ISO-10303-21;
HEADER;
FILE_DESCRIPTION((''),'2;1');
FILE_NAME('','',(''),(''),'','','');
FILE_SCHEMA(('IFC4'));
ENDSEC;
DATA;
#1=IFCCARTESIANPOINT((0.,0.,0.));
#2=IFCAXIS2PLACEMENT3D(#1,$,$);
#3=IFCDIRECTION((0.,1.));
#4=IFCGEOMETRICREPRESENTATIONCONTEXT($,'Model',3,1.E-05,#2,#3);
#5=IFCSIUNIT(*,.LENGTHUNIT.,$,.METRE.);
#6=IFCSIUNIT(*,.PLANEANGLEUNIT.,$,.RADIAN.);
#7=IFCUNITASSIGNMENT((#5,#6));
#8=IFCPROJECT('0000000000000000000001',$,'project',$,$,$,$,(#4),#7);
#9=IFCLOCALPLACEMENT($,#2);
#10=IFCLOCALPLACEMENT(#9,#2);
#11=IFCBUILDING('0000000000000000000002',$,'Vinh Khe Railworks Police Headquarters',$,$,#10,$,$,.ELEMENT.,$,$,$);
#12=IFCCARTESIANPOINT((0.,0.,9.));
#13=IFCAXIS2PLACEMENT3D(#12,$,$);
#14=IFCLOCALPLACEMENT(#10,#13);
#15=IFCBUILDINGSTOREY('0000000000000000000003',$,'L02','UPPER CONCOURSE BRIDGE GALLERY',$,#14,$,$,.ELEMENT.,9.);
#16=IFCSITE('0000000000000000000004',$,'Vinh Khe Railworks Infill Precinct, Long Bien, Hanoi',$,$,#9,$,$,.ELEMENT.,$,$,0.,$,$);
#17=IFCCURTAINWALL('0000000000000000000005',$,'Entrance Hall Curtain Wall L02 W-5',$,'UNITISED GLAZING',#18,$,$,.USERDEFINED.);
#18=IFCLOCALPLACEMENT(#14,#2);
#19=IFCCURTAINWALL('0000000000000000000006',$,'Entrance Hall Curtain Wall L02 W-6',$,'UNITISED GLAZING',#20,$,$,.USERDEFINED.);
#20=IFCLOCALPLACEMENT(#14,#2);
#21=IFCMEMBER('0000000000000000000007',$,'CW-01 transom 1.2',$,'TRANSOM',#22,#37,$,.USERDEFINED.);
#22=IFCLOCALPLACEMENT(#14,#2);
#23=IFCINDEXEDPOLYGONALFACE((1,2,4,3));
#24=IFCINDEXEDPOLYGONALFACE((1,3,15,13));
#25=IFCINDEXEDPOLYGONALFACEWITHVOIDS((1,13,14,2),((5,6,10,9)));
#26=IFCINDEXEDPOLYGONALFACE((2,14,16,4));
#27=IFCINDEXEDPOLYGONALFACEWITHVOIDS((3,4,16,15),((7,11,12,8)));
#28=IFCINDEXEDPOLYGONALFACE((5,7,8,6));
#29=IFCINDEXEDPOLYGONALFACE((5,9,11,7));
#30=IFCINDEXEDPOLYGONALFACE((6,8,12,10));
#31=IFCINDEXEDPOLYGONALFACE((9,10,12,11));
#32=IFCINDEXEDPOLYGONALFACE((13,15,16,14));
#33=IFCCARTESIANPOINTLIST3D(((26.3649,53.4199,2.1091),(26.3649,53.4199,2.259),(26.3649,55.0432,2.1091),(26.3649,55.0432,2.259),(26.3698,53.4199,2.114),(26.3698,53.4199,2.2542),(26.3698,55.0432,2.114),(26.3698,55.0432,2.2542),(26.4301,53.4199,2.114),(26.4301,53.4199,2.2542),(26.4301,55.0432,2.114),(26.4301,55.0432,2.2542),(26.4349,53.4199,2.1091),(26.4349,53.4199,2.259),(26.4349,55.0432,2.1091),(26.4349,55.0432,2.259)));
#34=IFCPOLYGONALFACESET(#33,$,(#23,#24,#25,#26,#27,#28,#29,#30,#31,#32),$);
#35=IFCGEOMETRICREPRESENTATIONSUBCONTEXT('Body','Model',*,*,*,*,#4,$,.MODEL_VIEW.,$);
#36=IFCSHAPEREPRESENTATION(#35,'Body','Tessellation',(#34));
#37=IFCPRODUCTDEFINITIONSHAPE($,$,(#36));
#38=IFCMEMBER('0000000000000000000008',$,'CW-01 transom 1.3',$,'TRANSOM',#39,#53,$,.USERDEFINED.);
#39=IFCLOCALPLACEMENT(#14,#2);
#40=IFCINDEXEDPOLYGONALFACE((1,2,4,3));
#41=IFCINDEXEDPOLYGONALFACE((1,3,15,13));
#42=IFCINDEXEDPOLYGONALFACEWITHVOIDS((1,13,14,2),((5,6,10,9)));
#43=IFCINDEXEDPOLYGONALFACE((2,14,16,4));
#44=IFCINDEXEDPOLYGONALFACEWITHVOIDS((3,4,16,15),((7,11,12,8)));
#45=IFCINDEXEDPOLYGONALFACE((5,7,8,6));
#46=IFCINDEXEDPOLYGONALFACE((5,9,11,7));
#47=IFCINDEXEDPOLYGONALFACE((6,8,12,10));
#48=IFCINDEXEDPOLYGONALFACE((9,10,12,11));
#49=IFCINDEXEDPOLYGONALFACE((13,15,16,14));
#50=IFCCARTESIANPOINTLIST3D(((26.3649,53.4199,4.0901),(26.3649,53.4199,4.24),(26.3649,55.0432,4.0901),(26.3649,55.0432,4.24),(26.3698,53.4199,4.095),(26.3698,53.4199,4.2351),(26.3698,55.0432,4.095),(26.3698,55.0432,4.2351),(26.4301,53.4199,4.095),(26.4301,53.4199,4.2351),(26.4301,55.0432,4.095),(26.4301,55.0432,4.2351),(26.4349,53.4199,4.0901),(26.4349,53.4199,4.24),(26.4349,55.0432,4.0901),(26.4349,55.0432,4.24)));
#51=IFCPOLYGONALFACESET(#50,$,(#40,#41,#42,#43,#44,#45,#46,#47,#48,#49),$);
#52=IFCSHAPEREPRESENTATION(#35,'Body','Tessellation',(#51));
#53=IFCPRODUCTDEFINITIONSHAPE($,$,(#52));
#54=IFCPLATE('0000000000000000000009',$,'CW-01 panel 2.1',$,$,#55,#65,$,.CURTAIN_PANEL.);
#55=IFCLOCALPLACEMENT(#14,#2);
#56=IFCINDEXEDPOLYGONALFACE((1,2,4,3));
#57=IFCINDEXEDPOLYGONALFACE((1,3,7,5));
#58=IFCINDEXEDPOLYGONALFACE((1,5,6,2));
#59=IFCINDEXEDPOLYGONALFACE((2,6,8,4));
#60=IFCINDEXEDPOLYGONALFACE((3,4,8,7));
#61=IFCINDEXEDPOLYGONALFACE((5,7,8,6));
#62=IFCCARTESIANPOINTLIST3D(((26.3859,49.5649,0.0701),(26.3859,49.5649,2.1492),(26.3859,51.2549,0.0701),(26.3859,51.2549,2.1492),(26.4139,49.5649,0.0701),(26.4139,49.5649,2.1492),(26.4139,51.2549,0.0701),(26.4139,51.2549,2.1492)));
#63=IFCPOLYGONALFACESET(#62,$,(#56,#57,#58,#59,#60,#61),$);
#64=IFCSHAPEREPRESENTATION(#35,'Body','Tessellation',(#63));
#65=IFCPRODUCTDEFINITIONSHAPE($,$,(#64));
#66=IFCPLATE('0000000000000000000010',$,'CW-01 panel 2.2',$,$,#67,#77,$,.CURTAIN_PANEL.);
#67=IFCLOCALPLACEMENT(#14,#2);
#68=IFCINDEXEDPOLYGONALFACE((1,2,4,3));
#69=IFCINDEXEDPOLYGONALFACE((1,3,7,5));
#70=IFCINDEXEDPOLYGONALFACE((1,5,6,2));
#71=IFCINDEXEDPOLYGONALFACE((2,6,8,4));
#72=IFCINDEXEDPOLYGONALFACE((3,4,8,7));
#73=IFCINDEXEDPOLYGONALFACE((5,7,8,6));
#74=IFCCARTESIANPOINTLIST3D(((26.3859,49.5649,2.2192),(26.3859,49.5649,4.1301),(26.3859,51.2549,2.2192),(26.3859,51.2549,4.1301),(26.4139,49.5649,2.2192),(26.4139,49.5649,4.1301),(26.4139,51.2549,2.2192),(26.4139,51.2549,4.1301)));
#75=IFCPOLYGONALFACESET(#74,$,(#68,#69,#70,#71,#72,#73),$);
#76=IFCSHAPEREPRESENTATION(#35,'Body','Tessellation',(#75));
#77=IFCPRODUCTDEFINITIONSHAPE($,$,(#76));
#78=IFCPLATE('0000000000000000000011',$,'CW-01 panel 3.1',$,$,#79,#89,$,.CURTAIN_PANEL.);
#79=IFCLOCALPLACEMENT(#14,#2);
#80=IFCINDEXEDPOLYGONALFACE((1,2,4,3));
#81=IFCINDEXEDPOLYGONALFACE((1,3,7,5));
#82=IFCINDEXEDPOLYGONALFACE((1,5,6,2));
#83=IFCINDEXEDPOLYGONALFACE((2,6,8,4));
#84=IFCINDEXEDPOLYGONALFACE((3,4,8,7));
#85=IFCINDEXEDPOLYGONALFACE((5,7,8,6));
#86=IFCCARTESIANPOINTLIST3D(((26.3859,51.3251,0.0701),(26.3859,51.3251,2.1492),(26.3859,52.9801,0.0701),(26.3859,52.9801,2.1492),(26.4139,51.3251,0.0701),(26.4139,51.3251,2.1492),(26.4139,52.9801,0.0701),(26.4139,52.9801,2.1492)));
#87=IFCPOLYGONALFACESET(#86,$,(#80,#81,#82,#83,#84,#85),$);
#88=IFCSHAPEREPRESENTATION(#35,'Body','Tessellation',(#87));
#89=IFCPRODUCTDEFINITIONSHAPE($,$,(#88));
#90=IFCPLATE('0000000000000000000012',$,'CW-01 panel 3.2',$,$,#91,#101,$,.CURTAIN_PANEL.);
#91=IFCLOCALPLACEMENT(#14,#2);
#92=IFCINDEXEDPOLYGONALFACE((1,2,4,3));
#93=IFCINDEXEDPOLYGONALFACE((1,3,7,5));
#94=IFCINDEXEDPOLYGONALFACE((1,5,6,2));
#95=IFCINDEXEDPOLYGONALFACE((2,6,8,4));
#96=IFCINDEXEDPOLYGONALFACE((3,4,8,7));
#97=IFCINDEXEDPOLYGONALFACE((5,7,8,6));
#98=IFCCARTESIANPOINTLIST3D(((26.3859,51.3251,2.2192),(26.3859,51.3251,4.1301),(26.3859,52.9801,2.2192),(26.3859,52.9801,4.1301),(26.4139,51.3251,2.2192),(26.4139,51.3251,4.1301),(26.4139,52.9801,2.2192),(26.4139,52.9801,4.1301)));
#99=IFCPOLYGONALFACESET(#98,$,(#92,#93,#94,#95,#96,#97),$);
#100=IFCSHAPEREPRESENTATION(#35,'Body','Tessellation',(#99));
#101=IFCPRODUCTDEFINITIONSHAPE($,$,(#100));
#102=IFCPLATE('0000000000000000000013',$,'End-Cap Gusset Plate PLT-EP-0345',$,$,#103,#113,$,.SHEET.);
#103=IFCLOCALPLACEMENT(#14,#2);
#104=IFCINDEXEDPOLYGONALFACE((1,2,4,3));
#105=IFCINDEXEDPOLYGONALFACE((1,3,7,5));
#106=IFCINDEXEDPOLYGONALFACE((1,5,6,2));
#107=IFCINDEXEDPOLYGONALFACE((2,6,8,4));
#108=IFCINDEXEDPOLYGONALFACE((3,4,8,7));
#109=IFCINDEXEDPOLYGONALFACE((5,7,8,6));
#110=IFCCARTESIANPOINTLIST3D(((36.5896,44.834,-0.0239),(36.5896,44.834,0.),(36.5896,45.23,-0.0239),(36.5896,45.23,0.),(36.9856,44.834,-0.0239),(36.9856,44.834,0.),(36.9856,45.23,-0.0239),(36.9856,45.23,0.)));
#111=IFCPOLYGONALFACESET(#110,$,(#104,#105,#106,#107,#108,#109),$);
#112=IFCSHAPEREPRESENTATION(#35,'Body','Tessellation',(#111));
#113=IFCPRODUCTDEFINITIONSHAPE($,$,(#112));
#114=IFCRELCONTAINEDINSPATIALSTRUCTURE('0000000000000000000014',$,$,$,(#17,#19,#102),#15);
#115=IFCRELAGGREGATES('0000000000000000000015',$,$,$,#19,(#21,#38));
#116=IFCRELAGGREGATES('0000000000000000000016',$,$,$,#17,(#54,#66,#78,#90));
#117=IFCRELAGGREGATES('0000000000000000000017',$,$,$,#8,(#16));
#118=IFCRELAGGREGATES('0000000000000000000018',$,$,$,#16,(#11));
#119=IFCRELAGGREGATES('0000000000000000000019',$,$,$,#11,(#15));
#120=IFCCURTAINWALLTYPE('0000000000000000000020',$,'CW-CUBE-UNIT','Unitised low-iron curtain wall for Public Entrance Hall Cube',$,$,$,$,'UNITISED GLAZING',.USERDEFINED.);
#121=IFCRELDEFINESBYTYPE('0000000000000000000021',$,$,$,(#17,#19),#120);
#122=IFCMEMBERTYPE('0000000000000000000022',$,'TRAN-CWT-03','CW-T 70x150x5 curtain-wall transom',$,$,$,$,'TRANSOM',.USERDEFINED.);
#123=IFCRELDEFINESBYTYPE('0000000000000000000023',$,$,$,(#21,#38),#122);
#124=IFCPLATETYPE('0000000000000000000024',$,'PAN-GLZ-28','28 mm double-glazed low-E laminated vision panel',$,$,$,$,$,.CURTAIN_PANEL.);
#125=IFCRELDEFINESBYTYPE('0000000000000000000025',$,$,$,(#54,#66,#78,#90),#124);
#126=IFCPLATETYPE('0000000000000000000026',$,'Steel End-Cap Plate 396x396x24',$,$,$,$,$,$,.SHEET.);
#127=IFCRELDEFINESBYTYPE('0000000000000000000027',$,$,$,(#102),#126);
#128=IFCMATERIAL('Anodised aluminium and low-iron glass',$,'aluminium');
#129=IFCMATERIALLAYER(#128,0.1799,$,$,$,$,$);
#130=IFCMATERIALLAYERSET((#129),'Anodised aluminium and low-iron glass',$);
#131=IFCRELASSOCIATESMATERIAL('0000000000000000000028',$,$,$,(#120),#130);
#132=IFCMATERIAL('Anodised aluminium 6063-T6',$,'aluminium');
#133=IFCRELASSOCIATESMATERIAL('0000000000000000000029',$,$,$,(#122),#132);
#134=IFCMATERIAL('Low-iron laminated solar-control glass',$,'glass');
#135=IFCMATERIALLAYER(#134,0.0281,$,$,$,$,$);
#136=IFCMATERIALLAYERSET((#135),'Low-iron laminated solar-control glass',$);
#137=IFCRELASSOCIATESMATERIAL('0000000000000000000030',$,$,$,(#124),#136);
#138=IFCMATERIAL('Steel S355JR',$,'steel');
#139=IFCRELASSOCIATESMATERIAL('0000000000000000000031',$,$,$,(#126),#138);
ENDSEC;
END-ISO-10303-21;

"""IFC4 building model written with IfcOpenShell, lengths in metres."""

from ifc_helpers import new_model, si_unit, direction, frame, origin, origin_2d, place, context, subcontext, project, spatial, rectangle, hollow_rectangle, extrude, material, layer, layer_set, material_profile, profile_set, type_object, element, aggregate, save


model = new_model("IFC4")

# Units and contexts
model_context = context("Model", 3, precision=1e-05, world=origin(), true_north=direction((0.0, 1.0)))
body_context = subcontext(model_context, "Body", "Model", "MODEL_VIEW")
ifc_project = project(units=[si_unit("LENGTHUNIT", "METRE"), si_unit("PLANEANGLEUNIT", "RADIAN")], contexts=[model_context])

# Site, building, storey
site_placement = place(None, origin())
site = spatial("IfcSite", under=ifc_project, at=site_placement, Name="Vinh Khe Railworks Infill Precinct, Long Bien, Hanoi", CompositionType="ELEMENT", RefElevation=0.0)
building_placement = place(site_placement, origin())
building = spatial("IfcBuilding", under=site, at=building_placement, Name="Vinh Khe Railworks Police Headquarters", CompositionType="ELEMENT")
storey_placement = place(building_placement, frame((0.0, 0.0, 9.0)))
storey = spatial("IfcBuildingStorey", under=building, at=storey_placement, Name="L02", Description="UPPER CONCOURSE BRIDGE GALLERY", CompositionType="ELEMENT", Elevation=9.0)

# Shared definitions
ifc_material_1 = material(Name="Steel S355JR", Category="steel")

# Shared definitions
ifc_material_2 = material(Name="Anodised aluminium 6063-T6", Category="aluminium")

# Curtain wall
ifc_material_3 = material(Name="Anodised aluminium and low-iron glass", Category="aluminium")
ifc_layer_1 = layer(ifc_material_3, 0.1799)
ifc_layer_set_1 = layer_set([ifc_layer_1], Name="Anodised aluminium and low-iron glass")
curtain_wall_type_1 = type_object("IfcCurtainWallType", Name="CW-CUBE-UNIT", Description="Unitised low-iron curtain wall for Public Entrance Hall Cube", ElementType="UNITISED GLAZING", PredefinedType="USERDEFINED", material=ifc_layer_set_1)
curtain_wall_1_placement = place(storey_placement, origin())
curtain_wall_1 = element("IfcCurtainWall", 1, at=curtain_wall_1_placement, inside=storey, type_object=curtain_wall_type_1, Name="Entrance Hall Curtain Wall L02 W-5", ObjectType="UNITISED GLAZING", PredefinedType="USERDEFINED")

# Curtain wall
curtain_wall_2_placement = place(storey_placement, origin())
curtain_wall_2 = element("IfcCurtainWall", 2, at=curtain_wall_2_placement, inside=storey, type_object=curtain_wall_type_1, Name="Entrance Hall Curtain Wall L02 W-6", ObjectType="UNITISED GLAZING", PredefinedType="USERDEFINED")

# Members
ifc_material_profile_1 = material_profile(ifc_material_2, hollow_rectangle(XDim=0.0701, YDim=0.1499, WallThickness=0.0049, at=origin_2d()), Name="CW-T 70x150x5")
ifc_profile_set_1 = profile_set([ifc_material_profile_1], Name="Anodised aluminium 6063-T6")
member_type_1 = type_object("IfcMemberType", Name="TRAN-CWT-03", Description="CW-T 70x150x5 curtain-wall transom", ElementType="TRANSOM", PredefinedType="USERDEFINED", material=ifc_profile_set_1)
member_1_placement = place(storey_placement, frame((26.3999, 53.4199, 2.1841), z_axis=(0.0, 1.0, 0.0), x_axis=(-1.0, 0.0, 0.0)))
member_1 = element("IfcMember", 3, at=member_1_placement, type_object=member_type_1, Name="CW-01 transom 1.2", ObjectType="TRANSOM", PredefinedType="USERDEFINED", context=body_context, shape_type="SweptSolid", body=[
    extrude(hollow_rectangle(XDim=0.0701, YDim=0.1499, WallThickness=0.0049, at=origin_2d()), origin(), (0.0, 0.0, 1.0), 1.6233),
])
member_2_placement = place(storey_placement, frame((26.3999, 53.4199, 4.165), z_axis=(0.0, 1.0, 0.0), x_axis=(-1.0, 0.0, 0.0)))
member_2 = element("IfcMember", 4, at=member_2_placement, type_object=member_type_1, Name="CW-01 transom 1.3", ObjectType="TRANSOM", PredefinedType="USERDEFINED", context=body_context, shape_type="SweptSolid", body=[
    extrude(hollow_rectangle(XDim=0.0701, YDim=0.1499, WallThickness=0.0049, at=origin_2d()), origin(), (0.0, 0.0, 1.0), 1.6233),
])
aggregate(curtain_wall_2, [member_1, member_2])

# Plates
ifc_material_4 = material(Name="Low-iron laminated solar-control glass", Category="glass")
ifc_layer_2 = layer(ifc_material_4, 0.0281)
ifc_layer_set_2 = layer_set([ifc_layer_2], Name="Low-iron laminated solar-control glass")
plate_type_1 = type_object("IfcPlateType", Name="PAN-GLZ-28", Description="28 mm double-glazed low-E laminated vision panel", PredefinedType="CURTAIN_PANEL", material=ifc_layer_set_2)
plate_1_placement = place(storey_placement, frame((26.3999, 50.4099, 0.0701), z_axis=(0.0, 0.0, 1.0), x_axis=(0.0, 1.0, 0.0)))
plate_1 = element("IfcPlate", 5, at=plate_1_placement, type_object=plate_type_1, Name="CW-01 panel 2.1", PredefinedType="CURTAIN_PANEL", context=body_context, shape_type="SweptSolid", body=[
    extrude(rectangle(XDim=1.6899, YDim=0.0281, at=origin_2d()), origin(), (0.0, 0.0, 1.0), 2.0791),
])
plate_2_placement = place(storey_placement, frame((26.3999, 50.4099, 2.2192), z_axis=(0.0, 0.0, 1.0), x_axis=(0.0, 1.0, 0.0)))
plate_2 = element("IfcPlate", 6, at=plate_2_placement, type_object=plate_type_1, Name="CW-01 panel 2.2", PredefinedType="CURTAIN_PANEL", context=body_context, shape_type="SweptSolid", body=[
    extrude(rectangle(XDim=1.6899, YDim=0.0281, at=origin_2d()), origin(), (0.0, 0.0, 1.0), 1.9109),
])
plate_3_placement = place(storey_placement, frame((26.3999, 52.1526, 0.0701), z_axis=(0.0, 0.0, 1.0), x_axis=(0.0, 1.0, 0.0)))
plate_3 = element("IfcPlate", 7, at=plate_3_placement, type_object=plate_type_1, Name="CW-01 panel 3.1", PredefinedType="CURTAIN_PANEL", context=body_context, shape_type="SweptSolid", body=[
    extrude(rectangle(XDim=1.655, YDim=0.0281, at=origin_2d()), origin(), (0.0, 0.0, 1.0), 2.0791),
])
plate_4_placement = place(storey_placement, frame((26.3999, 52.1526, 2.2192), z_axis=(0.0, 0.0, 1.0), x_axis=(0.0, 1.0, 0.0)))
plate_4 = element("IfcPlate", 8, at=plate_4_placement, type_object=plate_type_1, Name="CW-01 panel 3.2", PredefinedType="CURTAIN_PANEL", context=body_context, shape_type="SweptSolid", body=[
    extrude(rectangle(XDim=1.655, YDim=0.0281, at=origin_2d()), origin(), (0.0, 0.0, 1.0), 1.9109),
])
aggregate(curtain_wall_1, [plate_1, plate_2, plate_3, plate_4])
ifc_material_profile_2 = material_profile(ifc_material_1, rectangle(XDim=0.396, YDim=0.396, at=origin_2d()), Name="PL 396x396")
ifc_profile_set_2 = profile_set([ifc_material_profile_2], Name="Steel S355JR")
plate_type_2 = type_object("IfcPlateType", Name="Steel End-Cap Plate 396x396x24", PredefinedType="SHEET", material=ifc_profile_set_2)
plate_5_placement = place(storey_placement, frame((36.7876, 45.032, 0.0), z_axis=(0.0, 0.0, -1.0), x_axis=(1.0, 0.0, 0.0)))
element("IfcPlate", 9, at=plate_5_placement, inside=storey, type_object=plate_type_2, Name="End-Cap Gusset Plate PLT-EP-0345", PredefinedType="SHEET", context=body_context, shape_type="SweptSolid", body=[
    extrude(rectangle(XDim=0.396, YDim=0.396, at=origin_2d()), origin(), (0.0, 0.0, 1.0), 0.0239),
])

save(model, "model.ifc")
